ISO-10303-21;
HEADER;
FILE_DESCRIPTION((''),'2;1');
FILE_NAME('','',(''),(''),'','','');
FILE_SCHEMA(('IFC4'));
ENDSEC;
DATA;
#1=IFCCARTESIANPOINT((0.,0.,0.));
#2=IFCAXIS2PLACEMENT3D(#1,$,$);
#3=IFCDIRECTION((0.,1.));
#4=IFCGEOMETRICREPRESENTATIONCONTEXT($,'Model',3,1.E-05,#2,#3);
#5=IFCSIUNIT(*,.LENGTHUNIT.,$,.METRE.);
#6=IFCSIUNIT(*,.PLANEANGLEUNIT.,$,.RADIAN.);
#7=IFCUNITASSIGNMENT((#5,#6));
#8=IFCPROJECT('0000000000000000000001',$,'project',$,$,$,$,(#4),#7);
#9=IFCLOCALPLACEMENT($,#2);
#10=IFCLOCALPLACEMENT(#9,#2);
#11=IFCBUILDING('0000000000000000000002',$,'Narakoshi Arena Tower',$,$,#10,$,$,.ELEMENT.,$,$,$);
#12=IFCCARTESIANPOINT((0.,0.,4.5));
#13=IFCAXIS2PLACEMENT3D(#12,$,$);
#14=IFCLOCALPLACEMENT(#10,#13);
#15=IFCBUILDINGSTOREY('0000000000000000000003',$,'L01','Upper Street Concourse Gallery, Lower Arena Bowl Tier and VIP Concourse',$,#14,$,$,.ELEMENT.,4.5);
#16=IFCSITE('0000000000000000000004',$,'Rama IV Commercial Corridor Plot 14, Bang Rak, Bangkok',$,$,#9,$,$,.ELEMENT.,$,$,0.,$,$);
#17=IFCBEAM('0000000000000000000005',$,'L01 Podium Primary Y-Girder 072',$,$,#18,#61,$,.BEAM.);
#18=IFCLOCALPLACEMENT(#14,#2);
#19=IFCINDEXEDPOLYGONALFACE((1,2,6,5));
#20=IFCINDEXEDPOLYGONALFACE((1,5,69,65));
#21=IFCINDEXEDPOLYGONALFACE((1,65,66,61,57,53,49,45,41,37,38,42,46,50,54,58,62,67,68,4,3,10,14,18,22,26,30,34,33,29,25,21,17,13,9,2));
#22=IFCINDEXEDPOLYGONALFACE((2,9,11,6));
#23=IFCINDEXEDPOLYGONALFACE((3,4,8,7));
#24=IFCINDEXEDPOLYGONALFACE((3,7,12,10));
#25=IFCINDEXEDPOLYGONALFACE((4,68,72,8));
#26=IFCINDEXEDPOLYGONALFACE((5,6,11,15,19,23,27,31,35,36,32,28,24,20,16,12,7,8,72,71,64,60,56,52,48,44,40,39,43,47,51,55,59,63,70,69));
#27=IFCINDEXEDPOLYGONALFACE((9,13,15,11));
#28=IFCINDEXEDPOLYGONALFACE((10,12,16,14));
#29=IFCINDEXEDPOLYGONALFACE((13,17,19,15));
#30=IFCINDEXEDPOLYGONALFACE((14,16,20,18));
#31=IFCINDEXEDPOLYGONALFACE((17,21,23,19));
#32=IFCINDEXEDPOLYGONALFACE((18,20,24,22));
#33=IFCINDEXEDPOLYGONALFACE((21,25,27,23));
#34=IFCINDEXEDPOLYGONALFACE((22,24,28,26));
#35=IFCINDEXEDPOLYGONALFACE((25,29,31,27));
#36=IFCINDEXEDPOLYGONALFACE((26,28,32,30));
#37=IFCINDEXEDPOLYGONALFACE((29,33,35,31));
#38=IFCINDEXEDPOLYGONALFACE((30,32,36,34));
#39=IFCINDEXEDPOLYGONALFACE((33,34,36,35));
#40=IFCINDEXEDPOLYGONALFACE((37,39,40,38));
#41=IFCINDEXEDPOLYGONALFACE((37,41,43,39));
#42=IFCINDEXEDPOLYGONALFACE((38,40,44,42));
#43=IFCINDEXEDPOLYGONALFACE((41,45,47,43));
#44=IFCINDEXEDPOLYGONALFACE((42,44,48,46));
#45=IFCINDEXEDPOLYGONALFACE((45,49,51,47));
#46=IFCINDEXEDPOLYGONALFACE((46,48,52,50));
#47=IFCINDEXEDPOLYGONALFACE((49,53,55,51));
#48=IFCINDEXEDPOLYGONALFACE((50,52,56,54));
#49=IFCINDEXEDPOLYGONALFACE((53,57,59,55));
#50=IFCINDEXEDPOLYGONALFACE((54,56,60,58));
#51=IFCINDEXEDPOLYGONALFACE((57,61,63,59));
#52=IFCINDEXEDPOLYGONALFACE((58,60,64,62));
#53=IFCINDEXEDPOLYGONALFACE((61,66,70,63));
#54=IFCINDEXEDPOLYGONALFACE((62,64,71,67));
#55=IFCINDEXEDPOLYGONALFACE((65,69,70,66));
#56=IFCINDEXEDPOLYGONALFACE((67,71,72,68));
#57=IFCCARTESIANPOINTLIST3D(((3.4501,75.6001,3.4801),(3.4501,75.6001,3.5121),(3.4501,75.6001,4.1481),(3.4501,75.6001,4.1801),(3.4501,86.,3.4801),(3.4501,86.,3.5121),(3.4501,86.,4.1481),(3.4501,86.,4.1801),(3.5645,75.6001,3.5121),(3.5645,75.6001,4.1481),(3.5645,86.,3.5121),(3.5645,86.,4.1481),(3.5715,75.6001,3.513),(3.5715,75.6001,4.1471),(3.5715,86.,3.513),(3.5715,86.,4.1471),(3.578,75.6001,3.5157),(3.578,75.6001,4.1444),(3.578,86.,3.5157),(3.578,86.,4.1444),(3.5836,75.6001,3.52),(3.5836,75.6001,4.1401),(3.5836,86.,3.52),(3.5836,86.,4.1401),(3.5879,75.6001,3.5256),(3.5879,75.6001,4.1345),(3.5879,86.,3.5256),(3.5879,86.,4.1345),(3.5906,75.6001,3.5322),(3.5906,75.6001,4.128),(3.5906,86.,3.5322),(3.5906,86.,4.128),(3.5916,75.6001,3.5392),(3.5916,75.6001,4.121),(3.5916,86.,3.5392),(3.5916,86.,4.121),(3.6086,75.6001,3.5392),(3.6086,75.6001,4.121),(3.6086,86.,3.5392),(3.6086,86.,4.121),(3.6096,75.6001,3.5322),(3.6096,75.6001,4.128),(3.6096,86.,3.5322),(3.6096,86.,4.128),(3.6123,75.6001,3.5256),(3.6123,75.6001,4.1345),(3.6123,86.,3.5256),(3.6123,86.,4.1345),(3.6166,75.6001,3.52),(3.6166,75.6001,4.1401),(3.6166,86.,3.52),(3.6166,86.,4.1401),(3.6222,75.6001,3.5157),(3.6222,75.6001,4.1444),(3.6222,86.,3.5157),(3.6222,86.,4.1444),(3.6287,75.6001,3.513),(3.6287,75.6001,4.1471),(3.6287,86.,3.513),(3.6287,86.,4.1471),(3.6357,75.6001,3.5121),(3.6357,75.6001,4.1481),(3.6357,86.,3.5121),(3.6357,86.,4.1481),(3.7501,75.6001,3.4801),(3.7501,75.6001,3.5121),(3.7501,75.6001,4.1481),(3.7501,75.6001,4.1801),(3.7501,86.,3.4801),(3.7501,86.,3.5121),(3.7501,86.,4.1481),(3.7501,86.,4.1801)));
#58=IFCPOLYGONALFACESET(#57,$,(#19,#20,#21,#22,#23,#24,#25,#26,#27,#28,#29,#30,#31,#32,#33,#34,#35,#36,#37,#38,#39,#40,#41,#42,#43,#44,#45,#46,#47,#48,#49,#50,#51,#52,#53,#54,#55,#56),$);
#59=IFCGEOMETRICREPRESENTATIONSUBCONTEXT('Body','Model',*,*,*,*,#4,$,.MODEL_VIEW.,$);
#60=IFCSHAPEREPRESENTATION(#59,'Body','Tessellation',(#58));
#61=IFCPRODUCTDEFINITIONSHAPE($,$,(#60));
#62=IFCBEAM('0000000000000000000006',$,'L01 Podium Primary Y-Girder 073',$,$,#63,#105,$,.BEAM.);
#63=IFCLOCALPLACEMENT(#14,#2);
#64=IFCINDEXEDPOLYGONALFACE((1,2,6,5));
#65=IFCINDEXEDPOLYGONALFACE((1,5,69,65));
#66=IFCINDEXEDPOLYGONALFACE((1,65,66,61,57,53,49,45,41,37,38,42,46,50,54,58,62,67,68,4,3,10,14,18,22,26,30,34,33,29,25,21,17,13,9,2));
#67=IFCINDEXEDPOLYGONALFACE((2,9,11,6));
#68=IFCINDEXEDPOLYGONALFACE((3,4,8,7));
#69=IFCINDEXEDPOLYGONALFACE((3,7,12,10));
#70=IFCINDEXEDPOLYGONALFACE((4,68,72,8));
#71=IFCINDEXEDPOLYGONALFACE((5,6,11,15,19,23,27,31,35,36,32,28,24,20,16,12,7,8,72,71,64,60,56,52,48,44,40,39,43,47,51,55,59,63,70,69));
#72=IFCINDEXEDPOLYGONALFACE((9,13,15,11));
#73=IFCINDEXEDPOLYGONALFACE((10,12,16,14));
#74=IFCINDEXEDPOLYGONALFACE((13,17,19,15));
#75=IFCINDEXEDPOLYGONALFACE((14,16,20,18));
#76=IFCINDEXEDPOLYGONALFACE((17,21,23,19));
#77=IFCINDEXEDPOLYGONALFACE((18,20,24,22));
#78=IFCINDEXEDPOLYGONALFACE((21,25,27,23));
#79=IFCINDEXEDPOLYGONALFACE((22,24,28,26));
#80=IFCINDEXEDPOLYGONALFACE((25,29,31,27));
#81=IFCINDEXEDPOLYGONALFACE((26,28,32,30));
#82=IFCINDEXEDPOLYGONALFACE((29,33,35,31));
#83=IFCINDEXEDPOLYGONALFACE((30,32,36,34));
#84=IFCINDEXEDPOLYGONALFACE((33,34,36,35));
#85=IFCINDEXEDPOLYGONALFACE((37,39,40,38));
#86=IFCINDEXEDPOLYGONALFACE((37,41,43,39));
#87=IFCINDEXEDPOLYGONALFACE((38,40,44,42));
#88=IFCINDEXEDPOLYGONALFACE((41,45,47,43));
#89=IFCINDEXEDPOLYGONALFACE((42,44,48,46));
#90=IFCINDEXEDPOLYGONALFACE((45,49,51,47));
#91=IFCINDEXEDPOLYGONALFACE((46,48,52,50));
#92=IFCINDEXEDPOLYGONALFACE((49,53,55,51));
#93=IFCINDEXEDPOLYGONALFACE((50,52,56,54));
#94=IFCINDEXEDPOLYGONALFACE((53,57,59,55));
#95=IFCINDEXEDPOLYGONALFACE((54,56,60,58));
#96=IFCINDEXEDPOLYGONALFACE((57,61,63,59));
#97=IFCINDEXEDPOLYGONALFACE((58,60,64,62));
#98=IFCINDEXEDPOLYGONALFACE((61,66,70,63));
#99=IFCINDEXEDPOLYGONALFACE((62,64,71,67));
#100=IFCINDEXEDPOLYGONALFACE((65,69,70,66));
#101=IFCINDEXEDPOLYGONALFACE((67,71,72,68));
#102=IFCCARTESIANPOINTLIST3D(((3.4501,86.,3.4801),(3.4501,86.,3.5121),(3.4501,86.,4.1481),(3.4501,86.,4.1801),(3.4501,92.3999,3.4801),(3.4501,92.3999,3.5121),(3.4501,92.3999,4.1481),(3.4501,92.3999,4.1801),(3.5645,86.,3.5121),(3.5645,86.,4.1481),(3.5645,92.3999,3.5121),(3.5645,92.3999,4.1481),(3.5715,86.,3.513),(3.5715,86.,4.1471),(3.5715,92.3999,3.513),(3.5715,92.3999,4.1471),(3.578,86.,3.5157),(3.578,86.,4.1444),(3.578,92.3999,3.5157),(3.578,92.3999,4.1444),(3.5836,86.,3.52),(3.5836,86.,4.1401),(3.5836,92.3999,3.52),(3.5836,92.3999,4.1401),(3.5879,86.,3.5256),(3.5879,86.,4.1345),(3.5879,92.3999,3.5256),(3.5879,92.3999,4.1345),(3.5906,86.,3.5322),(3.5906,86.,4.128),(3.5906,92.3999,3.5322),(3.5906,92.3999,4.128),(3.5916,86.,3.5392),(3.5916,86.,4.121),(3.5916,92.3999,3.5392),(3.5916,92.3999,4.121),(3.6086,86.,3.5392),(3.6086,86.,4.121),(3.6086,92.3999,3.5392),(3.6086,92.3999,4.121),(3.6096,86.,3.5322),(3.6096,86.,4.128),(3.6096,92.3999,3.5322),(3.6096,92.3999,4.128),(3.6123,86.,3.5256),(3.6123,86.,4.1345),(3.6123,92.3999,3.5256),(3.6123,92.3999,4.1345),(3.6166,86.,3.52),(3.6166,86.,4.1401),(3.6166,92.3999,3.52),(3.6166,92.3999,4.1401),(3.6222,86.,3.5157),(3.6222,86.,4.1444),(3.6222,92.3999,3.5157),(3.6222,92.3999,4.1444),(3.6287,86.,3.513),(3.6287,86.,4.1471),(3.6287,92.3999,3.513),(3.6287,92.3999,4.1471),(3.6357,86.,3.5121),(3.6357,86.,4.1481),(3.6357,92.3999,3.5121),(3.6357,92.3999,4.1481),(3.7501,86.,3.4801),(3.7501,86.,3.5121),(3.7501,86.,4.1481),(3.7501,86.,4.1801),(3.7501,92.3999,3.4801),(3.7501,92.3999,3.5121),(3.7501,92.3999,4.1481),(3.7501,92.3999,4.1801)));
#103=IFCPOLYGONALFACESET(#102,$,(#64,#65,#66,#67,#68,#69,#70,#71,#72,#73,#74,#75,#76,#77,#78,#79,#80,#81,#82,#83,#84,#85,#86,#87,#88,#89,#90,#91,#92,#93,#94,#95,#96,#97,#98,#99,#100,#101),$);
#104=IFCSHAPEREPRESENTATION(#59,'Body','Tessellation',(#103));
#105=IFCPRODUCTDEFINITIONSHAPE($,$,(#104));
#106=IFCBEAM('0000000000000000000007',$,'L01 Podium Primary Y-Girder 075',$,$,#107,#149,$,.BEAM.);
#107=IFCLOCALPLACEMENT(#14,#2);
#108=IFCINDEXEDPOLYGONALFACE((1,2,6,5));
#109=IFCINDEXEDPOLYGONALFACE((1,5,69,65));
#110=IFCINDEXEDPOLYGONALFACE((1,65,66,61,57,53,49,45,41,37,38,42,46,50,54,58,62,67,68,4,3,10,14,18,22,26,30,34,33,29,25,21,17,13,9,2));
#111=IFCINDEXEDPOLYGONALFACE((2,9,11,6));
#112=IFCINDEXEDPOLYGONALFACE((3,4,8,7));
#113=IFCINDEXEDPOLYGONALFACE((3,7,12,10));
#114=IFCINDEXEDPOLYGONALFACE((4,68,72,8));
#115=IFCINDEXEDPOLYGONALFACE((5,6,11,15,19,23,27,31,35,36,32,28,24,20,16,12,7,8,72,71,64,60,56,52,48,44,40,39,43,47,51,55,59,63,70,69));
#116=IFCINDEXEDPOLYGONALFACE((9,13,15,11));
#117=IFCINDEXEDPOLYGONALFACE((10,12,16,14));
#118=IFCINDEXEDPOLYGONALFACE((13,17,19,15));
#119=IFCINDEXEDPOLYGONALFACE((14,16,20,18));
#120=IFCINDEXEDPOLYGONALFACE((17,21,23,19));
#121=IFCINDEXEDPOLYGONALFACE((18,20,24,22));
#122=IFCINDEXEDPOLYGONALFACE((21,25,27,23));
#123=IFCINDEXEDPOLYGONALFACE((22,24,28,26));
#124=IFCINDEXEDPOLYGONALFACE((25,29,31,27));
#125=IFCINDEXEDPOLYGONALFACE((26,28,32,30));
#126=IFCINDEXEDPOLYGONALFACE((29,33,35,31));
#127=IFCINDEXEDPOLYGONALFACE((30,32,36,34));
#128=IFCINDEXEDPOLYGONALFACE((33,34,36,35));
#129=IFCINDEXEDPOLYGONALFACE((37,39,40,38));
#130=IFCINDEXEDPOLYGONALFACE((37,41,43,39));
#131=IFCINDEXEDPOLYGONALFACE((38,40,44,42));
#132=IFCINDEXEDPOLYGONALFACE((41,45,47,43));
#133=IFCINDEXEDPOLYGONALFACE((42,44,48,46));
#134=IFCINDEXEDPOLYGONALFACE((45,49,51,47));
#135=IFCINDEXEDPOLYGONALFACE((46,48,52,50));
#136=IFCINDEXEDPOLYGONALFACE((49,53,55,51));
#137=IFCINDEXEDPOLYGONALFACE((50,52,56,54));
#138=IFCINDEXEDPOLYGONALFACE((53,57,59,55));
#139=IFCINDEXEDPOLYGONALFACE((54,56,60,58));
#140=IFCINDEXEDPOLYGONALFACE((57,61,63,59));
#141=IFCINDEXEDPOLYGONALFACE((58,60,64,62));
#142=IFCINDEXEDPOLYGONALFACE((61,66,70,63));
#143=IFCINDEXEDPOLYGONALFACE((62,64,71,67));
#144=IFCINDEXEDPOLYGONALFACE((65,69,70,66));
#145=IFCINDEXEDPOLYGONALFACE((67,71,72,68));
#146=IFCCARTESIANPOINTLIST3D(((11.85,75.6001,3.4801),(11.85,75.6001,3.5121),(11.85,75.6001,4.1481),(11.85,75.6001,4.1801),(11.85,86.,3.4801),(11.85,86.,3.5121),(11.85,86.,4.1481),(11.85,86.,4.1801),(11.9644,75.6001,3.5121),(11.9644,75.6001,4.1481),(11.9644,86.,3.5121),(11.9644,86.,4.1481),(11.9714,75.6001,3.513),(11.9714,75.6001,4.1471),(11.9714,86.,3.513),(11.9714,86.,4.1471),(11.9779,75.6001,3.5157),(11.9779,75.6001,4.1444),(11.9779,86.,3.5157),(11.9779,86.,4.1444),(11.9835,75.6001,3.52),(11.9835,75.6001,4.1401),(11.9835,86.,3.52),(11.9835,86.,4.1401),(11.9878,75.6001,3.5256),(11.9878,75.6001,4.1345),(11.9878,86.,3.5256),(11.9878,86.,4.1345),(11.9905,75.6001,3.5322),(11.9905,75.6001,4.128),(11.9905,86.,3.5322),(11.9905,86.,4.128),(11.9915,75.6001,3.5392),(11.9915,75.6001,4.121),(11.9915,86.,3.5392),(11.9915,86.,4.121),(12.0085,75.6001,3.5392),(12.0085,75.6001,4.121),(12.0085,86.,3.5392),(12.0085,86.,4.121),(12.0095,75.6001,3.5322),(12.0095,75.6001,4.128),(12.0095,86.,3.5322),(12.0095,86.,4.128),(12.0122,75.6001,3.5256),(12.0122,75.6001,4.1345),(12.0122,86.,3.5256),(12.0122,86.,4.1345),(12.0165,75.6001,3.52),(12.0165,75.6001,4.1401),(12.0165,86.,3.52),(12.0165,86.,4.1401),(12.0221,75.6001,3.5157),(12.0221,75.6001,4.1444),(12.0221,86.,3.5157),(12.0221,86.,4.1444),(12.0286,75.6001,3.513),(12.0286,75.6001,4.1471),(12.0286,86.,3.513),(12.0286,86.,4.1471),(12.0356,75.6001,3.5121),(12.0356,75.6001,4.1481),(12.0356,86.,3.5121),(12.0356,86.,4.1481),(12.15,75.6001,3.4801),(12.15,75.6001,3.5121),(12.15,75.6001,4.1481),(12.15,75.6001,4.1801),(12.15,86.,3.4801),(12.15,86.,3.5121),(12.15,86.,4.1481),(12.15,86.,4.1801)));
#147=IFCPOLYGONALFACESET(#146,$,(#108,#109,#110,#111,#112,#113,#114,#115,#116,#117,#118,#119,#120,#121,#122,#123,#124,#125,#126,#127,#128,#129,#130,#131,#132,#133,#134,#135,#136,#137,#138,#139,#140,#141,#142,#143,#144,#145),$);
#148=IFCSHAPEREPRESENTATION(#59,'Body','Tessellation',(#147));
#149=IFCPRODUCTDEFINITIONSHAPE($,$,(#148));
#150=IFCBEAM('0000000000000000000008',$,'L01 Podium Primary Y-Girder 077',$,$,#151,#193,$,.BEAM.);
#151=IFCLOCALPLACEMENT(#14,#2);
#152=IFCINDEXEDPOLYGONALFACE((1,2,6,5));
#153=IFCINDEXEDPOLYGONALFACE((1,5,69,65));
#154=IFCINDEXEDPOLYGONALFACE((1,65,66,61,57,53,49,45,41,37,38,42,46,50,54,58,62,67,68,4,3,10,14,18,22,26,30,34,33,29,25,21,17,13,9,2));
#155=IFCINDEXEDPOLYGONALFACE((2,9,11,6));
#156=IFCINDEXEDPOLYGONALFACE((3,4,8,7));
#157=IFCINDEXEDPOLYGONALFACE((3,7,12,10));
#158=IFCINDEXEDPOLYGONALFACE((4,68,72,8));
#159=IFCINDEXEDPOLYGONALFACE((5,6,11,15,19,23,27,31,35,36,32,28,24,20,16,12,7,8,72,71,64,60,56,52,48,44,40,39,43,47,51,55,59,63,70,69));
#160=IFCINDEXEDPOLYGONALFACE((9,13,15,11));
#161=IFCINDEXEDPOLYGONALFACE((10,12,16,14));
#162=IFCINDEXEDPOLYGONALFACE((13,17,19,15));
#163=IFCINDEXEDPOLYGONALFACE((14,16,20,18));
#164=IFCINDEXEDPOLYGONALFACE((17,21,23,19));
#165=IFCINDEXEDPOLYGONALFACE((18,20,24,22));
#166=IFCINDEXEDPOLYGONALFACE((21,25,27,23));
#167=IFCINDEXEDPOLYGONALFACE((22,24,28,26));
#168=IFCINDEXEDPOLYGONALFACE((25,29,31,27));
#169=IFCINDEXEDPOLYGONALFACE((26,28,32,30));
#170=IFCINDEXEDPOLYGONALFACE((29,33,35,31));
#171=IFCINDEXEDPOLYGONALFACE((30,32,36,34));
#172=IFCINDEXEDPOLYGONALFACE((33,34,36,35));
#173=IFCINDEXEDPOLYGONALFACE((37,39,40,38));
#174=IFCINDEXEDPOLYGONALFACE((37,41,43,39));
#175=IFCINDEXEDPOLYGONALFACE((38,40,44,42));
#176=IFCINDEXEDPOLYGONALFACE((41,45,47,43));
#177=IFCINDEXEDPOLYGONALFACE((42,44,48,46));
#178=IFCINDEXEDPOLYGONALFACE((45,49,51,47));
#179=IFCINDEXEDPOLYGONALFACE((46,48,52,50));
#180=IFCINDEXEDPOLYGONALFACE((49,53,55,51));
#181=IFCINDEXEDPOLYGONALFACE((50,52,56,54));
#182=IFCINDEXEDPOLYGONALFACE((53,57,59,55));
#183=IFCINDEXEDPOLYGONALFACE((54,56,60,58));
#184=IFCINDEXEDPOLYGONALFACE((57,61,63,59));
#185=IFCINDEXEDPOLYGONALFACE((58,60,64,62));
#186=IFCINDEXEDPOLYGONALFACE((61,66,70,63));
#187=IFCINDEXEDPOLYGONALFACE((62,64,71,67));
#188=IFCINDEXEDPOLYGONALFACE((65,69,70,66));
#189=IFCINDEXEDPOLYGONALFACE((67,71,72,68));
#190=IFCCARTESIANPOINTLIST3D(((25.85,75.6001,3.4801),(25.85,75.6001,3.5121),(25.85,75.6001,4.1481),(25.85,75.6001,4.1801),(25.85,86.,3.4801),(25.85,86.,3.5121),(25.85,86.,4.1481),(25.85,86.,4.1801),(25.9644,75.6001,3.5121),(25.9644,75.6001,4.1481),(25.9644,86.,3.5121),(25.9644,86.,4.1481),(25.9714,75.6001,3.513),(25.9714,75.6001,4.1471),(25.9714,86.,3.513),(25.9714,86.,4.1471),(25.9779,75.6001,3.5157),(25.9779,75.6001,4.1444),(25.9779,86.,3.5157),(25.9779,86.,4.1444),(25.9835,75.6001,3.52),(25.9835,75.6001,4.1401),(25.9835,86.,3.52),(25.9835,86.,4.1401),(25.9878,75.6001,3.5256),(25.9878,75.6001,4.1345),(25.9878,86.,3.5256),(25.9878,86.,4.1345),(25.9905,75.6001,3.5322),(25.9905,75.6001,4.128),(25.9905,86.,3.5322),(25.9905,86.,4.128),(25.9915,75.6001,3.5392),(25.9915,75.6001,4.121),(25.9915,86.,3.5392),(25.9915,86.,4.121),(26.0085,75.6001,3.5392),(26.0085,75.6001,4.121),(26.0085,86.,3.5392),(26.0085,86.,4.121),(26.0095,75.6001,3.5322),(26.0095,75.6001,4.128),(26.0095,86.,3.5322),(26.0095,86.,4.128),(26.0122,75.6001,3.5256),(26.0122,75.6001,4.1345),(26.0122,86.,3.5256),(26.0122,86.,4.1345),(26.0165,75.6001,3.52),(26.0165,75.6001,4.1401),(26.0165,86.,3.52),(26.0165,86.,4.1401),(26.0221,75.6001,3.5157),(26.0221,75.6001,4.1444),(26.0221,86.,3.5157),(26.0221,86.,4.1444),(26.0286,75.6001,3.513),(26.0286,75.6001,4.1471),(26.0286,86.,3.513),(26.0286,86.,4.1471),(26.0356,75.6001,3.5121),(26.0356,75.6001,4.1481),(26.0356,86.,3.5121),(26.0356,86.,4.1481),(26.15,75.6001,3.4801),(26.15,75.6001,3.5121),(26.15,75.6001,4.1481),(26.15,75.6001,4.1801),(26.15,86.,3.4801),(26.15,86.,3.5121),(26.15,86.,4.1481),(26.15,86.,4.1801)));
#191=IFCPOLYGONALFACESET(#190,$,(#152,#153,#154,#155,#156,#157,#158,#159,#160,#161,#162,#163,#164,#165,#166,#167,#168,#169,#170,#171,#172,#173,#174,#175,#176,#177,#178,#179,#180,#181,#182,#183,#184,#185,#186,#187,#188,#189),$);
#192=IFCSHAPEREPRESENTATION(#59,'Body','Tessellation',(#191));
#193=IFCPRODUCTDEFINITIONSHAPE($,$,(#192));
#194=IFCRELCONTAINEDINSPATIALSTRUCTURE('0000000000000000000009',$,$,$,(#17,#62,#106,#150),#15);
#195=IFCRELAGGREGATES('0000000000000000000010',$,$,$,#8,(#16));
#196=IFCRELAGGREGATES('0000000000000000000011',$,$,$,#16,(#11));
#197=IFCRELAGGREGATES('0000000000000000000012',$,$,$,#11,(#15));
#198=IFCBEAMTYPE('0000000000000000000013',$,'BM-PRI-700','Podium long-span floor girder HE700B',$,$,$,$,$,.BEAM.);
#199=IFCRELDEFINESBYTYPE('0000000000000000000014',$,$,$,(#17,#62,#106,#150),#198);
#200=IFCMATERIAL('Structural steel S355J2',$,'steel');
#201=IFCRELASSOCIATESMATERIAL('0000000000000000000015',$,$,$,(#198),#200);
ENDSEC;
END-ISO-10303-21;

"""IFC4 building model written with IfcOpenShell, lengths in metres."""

from ifc_helpers import new_model, si_unit, direction, frame, origin, origin_2d, place, context, subcontext, project, spatial, i_section, extrude, material, material_profile, profile_set, type_object, element, save


model = new_model("IFC4")

# Units and contexts
model_context = context("Model", 3, precision=1e-05, world=origin(), true_north=direction((0.0, 1.0)))
body_context = subcontext(model_context, "Body", "Model", "MODEL_VIEW")
ifc_project = project(units=[si_unit("LENGTHUNIT", "METRE"), si_unit("PLANEANGLEUNIT", "RADIAN")], contexts=[model_context])

# Site, building, storey
site_placement = place(None, origin())
site = spatial("IfcSite", under=ifc_project, at=site_placement, Name="Rama IV Commercial Corridor Plot 14, Bang Rak, Bangkok", CompositionType="ELEMENT", RefElevation=0.0)
building_placement = place(site_placement, origin())
building = spatial("IfcBuilding", under=site, at=building_placement, Name="Narakoshi Arena Tower", CompositionType="ELEMENT")
storey_placement = place(building_placement, frame((0.0, 0.0, 4.5)))
storey = spatial("IfcBuildingStorey", under=building, at=storey_placement, Name="L01", Description="Upper Street Concourse Gallery, Lower Arena Bowl Tier and VIP Concourse", CompositionType="ELEMENT", Elevation=4.5)

# Beams
ifc_material_1 = material(Name="Structural steel S355J2", Category="steel")
ifc_material_profile_1 = material_profile(ifc_material_1, i_section(OverallWidth=0.3, OverallDepth=0.7, WebThickness=0.0171, FlangeThickness=0.032, FilletRadius=0.0271, at=origin_2d()), Name="HE700B")
ifc_profile_set_1 = profile_set([ifc_material_profile_1], Name="Structural steel S355J2")
beam_type_1 = type_object("IfcBeamType", Name="BM-PRI-700", Description="Podium long-span floor girder HE700B", PredefinedType="BEAM", material=ifc_profile_set_1)
beam_1_placement = place(storey_placement, frame((3.6001, 75.6001, 3.8301), z_axis=(0.0, 1.0, 0.0), x_axis=(-1.0, 0.0, 0.0)))
element("IfcBeam", 1, at=beam_1_placement, inside=storey, type_object=beam_type_1, Name="L01 Podium Primary Y-Girder 072", PredefinedType="BEAM", context=body_context, shape_type="SweptSolid", body=[
    extrude(i_section(OverallWidth=0.3, OverallDepth=0.7, WebThickness=0.0171, FlangeThickness=0.032, FilletRadius=0.0271, at=origin_2d()), origin(), (0.0, 0.0, 1.0), 10.3999),
])
beam_2_placement = place(storey_placement, frame((3.6001, 86.0, 3.8301), z_axis=(0.0, 1.0, 0.0), x_axis=(-1.0, 0.0, 0.0)))
element("IfcBeam", 2, at=beam_2_placement, inside=storey, type_object=beam_type_1, Name="L01 Podium Primary Y-Girder 073", PredefinedType="BEAM", context=body_context, shape_type="SweptSolid", body=[
    extrude(i_section(OverallWidth=0.3, OverallDepth=0.7, WebThickness=0.0171, FlangeThickness=0.032, FilletRadius=0.0271, at=origin_2d()), origin(), (0.0, 0.0, 1.0), 6.3999),
])
for number, where, z_axis, x_axis, name in (
    (3, (12.0, 75.6001, 3.8301), (0.0, 1.0, 0.0), (-1.0, 0.0, 0.0), "L01 Podium Primary Y-Girder 075"),
    (4, (26.0, 75.6001, 3.8301), (0.0, 1.0, 0.0), (-1.0, 0.0, 0.0), "L01 Podium Primary Y-Girder 077"),
):
    element("IfcBeam", number, at=place(storey_placement, frame(where, z_axis=z_axis, x_axis=x_axis)), inside=storey, type_object=beam_type_1, Name=name, PredefinedType="BEAM", context=body_context, shape_type="SweptSolid", body=[
        extrude(i_section(OverallWidth=0.3, OverallDepth=0.7, WebThickness=0.0171, FlangeThickness=0.032, FilletRadius=0.0271, at=origin_2d()), origin(), (0.0, 0.0, 1.0), 10.3999),
    ])

save(model, "model.ifc")
